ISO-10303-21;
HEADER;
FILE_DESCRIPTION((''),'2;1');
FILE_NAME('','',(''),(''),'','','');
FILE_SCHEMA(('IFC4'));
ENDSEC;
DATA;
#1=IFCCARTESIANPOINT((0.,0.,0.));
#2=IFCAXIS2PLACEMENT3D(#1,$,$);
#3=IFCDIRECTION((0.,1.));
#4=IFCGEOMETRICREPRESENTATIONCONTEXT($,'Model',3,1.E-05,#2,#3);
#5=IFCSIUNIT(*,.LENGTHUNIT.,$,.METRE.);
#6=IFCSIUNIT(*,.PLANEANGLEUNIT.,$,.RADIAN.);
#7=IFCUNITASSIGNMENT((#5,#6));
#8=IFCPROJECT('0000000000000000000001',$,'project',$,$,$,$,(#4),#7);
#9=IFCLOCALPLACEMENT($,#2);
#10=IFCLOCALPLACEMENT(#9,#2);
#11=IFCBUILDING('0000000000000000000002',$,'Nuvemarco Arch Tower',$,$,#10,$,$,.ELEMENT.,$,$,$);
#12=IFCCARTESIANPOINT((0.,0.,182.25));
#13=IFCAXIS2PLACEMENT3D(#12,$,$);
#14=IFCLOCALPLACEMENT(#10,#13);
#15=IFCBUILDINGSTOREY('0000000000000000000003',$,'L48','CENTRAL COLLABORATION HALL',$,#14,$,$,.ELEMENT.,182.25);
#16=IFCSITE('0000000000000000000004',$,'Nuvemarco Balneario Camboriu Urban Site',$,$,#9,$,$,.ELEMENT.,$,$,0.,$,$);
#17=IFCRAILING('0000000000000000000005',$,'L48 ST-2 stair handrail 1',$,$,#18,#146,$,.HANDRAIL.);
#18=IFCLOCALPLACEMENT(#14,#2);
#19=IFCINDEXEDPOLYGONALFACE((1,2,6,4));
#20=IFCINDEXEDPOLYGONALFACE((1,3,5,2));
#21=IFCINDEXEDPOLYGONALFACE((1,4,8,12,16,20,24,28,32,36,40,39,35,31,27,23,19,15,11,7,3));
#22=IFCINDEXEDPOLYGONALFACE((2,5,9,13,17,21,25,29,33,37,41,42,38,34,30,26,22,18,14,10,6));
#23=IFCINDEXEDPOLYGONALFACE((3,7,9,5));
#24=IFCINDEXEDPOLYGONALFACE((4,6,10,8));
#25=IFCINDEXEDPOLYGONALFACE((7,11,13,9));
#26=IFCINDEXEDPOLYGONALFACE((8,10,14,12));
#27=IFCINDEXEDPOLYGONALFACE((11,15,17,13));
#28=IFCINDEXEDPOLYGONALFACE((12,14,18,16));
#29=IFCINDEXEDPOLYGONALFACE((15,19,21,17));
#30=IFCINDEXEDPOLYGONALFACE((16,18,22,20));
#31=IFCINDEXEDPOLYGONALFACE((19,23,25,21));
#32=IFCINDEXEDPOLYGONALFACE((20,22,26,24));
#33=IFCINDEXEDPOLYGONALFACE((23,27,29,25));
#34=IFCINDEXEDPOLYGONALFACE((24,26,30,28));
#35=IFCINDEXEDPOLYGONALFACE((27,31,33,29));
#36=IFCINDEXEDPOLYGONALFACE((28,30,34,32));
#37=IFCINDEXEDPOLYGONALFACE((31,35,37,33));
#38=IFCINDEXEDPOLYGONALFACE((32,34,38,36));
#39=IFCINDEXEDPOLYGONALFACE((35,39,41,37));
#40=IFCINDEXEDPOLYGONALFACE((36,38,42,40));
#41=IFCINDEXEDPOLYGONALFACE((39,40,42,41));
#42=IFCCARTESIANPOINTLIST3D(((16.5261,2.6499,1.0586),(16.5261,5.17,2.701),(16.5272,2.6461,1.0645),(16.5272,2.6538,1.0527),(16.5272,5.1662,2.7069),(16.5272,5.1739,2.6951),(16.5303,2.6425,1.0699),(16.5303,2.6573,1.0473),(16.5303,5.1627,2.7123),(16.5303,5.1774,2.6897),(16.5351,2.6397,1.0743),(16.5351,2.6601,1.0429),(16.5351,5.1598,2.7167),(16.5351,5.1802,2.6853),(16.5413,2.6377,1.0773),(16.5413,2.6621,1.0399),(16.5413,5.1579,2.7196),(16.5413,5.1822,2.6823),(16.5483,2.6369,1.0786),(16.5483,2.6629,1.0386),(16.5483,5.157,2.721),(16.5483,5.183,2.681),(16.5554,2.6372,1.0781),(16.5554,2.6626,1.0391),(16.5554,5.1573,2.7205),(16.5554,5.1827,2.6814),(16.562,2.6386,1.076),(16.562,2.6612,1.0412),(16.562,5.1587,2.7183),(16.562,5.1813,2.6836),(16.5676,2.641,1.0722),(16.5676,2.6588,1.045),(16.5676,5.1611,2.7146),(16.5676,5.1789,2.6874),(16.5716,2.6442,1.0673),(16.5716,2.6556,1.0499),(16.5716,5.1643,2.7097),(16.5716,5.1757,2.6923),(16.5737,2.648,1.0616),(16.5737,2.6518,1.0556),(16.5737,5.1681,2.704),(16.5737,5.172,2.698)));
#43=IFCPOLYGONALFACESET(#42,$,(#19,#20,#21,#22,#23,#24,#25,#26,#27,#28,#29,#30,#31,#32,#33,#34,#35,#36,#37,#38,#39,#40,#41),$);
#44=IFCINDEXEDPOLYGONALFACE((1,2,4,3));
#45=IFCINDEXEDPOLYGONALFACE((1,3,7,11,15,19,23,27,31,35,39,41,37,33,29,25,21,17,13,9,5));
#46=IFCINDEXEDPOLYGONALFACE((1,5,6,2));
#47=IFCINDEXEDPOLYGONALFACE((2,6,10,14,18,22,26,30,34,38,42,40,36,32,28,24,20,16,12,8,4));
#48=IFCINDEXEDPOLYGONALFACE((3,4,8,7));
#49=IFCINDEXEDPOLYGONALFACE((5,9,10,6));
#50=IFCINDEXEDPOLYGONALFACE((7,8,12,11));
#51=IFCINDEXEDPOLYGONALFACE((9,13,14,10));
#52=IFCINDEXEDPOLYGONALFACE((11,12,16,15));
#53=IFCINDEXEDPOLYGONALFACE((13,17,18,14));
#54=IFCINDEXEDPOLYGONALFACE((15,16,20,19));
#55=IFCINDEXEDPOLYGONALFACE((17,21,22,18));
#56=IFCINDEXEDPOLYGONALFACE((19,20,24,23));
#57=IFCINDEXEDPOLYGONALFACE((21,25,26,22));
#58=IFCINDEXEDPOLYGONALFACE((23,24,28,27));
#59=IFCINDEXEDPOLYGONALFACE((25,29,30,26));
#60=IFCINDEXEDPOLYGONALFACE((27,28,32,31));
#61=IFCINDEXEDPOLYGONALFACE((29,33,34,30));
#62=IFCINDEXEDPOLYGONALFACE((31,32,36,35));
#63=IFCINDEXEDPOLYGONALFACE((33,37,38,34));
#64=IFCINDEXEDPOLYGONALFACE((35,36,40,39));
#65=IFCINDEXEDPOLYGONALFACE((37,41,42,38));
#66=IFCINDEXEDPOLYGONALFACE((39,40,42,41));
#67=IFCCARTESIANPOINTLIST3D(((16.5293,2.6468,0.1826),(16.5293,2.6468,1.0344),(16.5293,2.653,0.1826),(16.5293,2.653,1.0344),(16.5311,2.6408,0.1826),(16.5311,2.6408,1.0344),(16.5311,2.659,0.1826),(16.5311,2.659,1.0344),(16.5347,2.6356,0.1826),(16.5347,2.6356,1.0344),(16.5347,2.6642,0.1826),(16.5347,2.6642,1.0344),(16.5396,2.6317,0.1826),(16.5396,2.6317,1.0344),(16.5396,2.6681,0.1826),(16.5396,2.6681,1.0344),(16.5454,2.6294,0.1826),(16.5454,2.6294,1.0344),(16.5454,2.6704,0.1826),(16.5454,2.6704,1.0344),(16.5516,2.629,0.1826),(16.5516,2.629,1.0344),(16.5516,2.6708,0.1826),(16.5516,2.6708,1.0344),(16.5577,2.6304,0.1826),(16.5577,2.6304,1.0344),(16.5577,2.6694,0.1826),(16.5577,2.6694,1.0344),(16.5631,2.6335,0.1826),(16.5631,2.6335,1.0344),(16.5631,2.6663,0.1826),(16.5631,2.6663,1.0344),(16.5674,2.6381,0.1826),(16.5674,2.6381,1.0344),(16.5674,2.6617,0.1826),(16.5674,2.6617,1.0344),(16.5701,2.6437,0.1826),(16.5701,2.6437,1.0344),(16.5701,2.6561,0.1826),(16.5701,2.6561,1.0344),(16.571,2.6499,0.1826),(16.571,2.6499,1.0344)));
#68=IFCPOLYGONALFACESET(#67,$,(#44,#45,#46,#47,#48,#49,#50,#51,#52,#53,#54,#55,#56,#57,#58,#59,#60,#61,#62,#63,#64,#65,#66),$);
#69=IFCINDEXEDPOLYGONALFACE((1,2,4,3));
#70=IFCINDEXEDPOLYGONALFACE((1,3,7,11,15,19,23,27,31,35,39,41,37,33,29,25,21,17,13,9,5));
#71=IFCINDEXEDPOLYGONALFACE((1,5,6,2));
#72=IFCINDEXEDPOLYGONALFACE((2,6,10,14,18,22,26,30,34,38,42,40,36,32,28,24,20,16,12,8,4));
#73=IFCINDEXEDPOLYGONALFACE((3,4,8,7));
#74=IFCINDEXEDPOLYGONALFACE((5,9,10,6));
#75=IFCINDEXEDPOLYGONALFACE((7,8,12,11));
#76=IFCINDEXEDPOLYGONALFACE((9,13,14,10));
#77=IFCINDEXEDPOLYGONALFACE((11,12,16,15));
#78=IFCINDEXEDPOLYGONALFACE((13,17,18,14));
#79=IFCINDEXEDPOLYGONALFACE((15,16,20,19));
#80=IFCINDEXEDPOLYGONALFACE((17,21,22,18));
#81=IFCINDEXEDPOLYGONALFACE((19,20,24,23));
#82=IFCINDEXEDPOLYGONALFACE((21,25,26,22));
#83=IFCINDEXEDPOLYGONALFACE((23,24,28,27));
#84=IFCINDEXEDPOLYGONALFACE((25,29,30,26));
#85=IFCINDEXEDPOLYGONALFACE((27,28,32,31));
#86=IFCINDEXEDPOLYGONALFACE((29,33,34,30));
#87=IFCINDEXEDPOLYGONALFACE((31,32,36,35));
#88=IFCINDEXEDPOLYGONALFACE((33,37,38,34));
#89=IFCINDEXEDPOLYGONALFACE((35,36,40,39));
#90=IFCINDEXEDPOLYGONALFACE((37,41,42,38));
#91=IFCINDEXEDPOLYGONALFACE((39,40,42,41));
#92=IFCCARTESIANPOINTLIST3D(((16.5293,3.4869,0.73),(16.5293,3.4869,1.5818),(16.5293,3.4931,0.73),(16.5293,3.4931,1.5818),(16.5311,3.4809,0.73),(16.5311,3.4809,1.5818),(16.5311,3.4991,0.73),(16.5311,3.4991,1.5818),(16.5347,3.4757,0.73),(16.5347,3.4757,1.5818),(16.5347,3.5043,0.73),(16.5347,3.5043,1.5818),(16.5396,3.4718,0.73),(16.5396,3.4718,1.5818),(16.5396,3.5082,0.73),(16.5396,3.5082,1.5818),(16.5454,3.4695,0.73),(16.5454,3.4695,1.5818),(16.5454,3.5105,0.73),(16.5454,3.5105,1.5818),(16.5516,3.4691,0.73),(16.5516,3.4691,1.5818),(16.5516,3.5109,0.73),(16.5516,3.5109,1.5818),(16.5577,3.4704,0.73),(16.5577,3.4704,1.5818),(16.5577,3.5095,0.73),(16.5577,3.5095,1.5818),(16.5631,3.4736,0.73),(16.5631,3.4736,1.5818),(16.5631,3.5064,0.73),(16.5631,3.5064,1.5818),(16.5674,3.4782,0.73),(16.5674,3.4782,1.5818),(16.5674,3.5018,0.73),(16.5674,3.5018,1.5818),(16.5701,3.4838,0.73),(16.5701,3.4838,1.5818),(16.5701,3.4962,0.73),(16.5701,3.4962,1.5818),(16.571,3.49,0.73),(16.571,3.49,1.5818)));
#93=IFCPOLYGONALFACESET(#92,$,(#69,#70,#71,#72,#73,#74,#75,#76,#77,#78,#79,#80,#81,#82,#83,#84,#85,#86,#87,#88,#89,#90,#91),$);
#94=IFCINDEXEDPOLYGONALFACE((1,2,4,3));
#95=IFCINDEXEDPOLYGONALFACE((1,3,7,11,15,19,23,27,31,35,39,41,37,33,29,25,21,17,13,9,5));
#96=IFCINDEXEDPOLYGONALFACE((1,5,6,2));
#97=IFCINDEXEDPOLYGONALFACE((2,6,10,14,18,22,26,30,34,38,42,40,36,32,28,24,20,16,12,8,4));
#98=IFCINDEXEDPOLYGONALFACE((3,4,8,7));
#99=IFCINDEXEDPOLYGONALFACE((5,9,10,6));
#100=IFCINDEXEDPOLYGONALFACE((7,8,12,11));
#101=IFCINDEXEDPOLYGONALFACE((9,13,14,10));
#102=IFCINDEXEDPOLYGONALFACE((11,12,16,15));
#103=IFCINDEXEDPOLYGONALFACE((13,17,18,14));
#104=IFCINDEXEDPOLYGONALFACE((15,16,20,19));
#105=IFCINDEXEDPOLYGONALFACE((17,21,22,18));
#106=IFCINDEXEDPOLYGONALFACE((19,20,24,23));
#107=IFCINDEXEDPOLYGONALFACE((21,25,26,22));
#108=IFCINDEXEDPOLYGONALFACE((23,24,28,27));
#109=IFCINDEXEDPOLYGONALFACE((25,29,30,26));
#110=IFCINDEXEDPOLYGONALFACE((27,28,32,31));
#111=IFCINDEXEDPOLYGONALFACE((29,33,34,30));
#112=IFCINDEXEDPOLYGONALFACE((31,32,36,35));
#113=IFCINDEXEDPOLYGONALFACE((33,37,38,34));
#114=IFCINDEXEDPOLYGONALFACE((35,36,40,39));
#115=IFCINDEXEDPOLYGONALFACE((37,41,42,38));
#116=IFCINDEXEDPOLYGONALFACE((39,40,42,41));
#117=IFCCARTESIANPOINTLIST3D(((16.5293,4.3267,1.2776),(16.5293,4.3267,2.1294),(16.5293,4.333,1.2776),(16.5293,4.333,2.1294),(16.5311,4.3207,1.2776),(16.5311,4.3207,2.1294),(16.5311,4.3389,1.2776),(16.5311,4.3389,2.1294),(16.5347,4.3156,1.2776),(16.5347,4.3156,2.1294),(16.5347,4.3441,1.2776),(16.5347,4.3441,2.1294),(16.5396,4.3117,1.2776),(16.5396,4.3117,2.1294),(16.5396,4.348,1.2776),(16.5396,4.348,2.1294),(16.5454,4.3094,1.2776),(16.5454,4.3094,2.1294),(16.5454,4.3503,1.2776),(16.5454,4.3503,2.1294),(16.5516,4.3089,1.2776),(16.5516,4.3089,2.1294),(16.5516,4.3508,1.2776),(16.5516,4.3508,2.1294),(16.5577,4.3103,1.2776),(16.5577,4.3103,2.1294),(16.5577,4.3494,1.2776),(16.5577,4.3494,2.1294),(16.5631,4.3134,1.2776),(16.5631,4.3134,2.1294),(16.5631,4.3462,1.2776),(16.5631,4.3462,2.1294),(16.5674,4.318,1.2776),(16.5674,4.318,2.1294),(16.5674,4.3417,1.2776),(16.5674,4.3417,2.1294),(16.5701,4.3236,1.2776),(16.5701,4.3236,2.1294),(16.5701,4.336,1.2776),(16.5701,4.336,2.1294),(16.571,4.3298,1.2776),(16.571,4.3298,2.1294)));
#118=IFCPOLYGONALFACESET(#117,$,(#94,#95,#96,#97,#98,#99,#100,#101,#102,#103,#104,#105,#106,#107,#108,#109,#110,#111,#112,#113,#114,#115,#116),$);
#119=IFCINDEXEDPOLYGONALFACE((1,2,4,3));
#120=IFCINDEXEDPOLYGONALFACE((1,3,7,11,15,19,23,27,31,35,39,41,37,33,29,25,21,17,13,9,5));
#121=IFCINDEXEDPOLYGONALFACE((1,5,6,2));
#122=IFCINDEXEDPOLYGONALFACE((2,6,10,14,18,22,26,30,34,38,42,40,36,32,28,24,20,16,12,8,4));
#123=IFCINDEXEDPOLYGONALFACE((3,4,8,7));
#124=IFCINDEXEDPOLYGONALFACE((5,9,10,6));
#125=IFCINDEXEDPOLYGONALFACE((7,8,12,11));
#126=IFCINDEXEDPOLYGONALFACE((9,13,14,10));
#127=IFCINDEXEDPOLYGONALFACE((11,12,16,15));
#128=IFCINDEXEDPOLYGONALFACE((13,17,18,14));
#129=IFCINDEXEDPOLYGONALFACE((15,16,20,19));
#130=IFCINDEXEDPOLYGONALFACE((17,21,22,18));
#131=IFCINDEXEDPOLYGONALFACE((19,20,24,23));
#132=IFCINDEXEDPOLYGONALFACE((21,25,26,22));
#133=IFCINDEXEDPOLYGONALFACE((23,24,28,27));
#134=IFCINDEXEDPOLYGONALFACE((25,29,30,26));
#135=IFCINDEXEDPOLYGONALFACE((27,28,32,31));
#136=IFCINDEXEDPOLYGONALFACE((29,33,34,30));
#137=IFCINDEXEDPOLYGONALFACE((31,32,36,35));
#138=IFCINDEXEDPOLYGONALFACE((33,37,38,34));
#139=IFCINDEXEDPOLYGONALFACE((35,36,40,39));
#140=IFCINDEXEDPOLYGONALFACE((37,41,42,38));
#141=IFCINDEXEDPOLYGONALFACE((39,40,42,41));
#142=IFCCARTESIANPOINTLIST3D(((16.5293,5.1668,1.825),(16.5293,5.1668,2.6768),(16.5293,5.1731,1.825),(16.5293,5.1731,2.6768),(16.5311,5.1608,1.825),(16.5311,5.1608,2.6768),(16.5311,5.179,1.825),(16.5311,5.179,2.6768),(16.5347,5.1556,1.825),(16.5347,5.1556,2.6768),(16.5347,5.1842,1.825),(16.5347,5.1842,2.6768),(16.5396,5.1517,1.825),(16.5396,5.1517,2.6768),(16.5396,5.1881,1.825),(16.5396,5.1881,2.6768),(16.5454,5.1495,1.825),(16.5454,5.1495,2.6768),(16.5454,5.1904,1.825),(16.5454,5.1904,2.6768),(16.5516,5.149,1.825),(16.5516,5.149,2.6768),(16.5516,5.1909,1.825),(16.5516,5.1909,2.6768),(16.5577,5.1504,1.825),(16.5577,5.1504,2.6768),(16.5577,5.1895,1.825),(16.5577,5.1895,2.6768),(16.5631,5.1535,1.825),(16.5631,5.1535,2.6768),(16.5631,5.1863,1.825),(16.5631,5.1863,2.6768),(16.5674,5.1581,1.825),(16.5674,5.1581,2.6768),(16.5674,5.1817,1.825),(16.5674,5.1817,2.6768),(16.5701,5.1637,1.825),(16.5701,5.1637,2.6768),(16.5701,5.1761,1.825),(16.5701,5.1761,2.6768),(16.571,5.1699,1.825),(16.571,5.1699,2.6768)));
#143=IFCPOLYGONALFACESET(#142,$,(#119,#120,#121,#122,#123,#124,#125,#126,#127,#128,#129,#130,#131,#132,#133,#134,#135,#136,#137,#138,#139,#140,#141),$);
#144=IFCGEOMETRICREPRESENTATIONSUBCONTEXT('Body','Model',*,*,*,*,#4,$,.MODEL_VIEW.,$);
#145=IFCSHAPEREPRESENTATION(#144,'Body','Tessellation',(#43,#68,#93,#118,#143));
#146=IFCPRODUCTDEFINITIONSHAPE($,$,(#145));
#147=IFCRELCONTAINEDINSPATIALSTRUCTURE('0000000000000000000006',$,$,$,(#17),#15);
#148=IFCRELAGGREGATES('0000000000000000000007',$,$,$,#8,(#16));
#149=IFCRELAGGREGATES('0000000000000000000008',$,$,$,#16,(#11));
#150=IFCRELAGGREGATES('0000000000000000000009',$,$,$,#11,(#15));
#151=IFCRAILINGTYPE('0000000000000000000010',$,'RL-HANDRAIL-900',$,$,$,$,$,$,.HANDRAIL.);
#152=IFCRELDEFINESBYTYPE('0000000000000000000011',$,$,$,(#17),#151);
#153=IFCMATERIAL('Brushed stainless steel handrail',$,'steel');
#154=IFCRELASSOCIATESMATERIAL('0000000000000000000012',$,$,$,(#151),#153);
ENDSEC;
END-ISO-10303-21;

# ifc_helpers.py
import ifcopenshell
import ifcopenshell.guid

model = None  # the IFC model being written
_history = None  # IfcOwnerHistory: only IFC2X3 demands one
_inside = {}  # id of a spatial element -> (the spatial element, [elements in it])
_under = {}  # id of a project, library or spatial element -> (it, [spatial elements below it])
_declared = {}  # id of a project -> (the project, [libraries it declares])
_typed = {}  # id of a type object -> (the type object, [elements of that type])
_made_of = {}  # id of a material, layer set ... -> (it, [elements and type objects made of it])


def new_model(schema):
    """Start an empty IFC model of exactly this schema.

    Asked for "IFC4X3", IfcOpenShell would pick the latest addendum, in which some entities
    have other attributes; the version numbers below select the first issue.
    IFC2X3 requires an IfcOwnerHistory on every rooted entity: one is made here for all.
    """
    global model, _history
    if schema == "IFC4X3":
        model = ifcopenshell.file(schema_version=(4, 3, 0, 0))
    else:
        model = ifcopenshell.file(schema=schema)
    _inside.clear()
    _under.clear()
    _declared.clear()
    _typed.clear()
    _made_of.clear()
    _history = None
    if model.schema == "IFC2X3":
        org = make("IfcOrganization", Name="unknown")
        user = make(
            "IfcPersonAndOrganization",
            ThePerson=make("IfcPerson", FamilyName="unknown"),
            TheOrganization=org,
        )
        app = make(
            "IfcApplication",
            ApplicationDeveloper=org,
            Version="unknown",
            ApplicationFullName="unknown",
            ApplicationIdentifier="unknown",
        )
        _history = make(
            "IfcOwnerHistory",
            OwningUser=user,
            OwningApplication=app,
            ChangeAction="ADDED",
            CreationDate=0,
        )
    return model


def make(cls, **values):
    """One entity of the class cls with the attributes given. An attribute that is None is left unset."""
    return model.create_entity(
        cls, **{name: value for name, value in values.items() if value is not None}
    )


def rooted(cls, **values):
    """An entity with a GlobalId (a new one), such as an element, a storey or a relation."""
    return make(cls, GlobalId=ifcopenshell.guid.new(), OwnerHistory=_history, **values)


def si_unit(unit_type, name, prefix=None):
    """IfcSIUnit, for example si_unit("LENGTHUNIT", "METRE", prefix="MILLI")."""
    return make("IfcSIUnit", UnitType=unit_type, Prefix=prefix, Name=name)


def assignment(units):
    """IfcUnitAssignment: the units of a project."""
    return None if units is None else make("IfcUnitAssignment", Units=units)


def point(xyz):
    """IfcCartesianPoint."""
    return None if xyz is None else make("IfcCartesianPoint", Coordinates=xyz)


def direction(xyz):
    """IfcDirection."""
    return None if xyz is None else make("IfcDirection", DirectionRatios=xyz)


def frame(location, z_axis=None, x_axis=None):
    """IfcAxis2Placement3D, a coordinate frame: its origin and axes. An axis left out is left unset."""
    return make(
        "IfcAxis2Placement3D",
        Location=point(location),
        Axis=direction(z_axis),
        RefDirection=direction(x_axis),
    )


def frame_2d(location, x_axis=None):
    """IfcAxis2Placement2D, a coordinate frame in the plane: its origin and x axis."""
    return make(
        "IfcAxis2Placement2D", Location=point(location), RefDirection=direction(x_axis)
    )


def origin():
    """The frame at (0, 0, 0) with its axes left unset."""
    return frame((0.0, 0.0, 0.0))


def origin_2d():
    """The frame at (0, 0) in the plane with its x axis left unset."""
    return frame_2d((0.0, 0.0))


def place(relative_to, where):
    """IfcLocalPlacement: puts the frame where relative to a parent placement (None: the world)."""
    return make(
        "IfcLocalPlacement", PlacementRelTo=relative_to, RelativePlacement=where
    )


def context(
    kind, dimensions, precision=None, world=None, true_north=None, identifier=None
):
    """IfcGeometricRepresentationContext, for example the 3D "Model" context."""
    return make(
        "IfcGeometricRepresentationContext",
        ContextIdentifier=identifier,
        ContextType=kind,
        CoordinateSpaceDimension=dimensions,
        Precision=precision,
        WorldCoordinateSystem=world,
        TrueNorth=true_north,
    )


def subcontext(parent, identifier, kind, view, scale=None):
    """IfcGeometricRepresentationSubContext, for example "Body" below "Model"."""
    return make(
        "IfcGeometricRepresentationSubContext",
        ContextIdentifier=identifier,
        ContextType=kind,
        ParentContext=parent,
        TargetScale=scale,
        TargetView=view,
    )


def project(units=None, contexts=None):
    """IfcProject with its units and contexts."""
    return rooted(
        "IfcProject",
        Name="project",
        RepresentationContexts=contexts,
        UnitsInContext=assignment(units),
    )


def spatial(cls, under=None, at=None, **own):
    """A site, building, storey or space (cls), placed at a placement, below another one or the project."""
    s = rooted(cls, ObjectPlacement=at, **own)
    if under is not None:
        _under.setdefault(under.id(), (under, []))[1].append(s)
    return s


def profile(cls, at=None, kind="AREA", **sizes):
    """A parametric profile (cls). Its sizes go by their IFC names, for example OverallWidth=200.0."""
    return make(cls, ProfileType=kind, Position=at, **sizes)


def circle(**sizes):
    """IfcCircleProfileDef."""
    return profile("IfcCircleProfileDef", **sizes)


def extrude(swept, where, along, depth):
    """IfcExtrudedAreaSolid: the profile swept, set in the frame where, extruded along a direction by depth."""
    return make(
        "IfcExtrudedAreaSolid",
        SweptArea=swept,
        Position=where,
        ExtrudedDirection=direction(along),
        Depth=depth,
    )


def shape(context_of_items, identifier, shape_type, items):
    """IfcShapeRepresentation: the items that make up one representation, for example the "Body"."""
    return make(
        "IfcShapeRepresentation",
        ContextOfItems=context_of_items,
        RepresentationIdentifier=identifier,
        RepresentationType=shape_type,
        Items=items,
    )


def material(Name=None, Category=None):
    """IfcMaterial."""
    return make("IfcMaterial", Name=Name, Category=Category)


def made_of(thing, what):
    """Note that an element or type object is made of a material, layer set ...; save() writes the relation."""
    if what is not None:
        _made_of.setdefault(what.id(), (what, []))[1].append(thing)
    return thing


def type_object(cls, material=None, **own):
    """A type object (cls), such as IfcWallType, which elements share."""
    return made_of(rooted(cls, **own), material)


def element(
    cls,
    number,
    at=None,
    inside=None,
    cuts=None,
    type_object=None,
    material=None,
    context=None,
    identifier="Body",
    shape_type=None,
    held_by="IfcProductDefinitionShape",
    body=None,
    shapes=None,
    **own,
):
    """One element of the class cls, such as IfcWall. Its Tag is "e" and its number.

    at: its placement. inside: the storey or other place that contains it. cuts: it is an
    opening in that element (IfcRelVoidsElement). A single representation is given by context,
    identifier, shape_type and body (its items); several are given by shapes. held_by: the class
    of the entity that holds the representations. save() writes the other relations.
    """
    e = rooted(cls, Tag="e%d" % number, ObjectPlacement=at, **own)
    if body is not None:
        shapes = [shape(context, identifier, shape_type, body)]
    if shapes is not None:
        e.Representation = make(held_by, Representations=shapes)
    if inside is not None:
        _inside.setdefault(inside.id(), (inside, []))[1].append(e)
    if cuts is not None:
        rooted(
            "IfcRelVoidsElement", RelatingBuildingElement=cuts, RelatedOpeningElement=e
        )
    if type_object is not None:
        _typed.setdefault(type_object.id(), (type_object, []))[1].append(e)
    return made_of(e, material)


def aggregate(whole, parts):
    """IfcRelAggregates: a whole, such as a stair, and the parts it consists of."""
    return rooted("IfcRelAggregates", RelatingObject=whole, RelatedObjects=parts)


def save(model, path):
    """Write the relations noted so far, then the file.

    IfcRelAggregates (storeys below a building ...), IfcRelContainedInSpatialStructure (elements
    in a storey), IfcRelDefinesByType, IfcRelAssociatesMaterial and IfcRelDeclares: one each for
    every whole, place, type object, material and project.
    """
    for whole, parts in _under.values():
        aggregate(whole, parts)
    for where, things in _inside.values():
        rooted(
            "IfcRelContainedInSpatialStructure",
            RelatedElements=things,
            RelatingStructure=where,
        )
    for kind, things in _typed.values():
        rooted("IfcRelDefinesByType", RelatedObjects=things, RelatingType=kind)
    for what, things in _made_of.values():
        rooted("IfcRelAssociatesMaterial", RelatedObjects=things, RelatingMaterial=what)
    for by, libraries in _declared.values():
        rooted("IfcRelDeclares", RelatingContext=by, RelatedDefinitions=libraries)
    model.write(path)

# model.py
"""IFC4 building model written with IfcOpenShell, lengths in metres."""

from ifc_helpers import new_model, si_unit, direction, frame, origin, origin_2d, place, context, subcontext, project, spatial, circle, extrude, material, type_object, element, save


model = new_model("IFC4")

# Units and contexts
model_context = context("Model", 3, precision=1e-05, world=origin(), true_north=direction((0.0, 1.0)))
body_context = subcontext(model_context, "Body", "Model", "MODEL_VIEW")
ifc_project = project(units=[si_unit("LENGTHUNIT", "METRE"), si_unit("PLANEANGLEUNIT", "RADIAN")], contexts=[model_context])

# Site, building, storey
site_placement = place(None, origin())
site = spatial("IfcSite", under=ifc_project, at=site_placement, Name="Nuvemarco Balneario Camboriu Urban Site", CompositionType="ELEMENT", RefElevation=0.0)
building_placement = place(site_placement, origin())
building = spatial("IfcBuilding", under=site, at=building_placement, Name="Nuvemarco Arch Tower", CompositionType="ELEMENT")
storey_placement = place(building_placement, frame((0.0, 0.0, 182.25)))
storey = spatial("IfcBuildingStorey", under=building, at=storey_placement, Name="L48", Description="CENTRAL COLLABORATION HALL", CompositionType="ELEMENT", Elevation=182.25)

# Railing
ifc_material_1 = material(Name="Brushed stainless steel handrail", Category="steel")
railing_type_1 = type_object("IfcRailingType", Name="RL-HANDRAIL-900", PredefinedType="HANDRAIL", material=ifc_material_1)
railing_1_placement = place(storey_placement, frame((16.55, 2.6499, 0.1826)))
element("IfcRailing", 1, at=railing_1_placement, inside=storey, type_object=railing_type_1, Name="L48 ST-2 stair handrail 1", PredefinedType="HANDRAIL", context=body_context, shape_type="SweptSolid", body=[
    extrude(circle(Radius=0.0239, at=origin_2d()), frame((0.0, 0.0, 0.876), z_axis=(0.0, 0.837787, 0.545998), x_axis=(-1.0, 0.0, 0.0)), (0.0, 0.0, 1.0), 3.0081),
    extrude(circle(Radius=0.021, at=origin_2d()), origin(), (0.0, 0.0, 1.0), 0.8518),
    extrude(circle(Radius=0.021, at=origin_2d()), frame((0.0, 0.8401, 0.5474)), (0.0, 0.0, 1.0), 0.8518),
    extrude(circle(Radius=0.021, at=origin_2d()), frame((0.0, 1.6799, 1.095)), (0.0, 0.0, 1.0), 0.8518),
    extrude(circle(Radius=0.021, at=origin_2d()), frame((0.0, 2.52, 1.6423)), (0.0, 0.0, 1.0), 0.8518),
])

save(model, "model.ifc")
